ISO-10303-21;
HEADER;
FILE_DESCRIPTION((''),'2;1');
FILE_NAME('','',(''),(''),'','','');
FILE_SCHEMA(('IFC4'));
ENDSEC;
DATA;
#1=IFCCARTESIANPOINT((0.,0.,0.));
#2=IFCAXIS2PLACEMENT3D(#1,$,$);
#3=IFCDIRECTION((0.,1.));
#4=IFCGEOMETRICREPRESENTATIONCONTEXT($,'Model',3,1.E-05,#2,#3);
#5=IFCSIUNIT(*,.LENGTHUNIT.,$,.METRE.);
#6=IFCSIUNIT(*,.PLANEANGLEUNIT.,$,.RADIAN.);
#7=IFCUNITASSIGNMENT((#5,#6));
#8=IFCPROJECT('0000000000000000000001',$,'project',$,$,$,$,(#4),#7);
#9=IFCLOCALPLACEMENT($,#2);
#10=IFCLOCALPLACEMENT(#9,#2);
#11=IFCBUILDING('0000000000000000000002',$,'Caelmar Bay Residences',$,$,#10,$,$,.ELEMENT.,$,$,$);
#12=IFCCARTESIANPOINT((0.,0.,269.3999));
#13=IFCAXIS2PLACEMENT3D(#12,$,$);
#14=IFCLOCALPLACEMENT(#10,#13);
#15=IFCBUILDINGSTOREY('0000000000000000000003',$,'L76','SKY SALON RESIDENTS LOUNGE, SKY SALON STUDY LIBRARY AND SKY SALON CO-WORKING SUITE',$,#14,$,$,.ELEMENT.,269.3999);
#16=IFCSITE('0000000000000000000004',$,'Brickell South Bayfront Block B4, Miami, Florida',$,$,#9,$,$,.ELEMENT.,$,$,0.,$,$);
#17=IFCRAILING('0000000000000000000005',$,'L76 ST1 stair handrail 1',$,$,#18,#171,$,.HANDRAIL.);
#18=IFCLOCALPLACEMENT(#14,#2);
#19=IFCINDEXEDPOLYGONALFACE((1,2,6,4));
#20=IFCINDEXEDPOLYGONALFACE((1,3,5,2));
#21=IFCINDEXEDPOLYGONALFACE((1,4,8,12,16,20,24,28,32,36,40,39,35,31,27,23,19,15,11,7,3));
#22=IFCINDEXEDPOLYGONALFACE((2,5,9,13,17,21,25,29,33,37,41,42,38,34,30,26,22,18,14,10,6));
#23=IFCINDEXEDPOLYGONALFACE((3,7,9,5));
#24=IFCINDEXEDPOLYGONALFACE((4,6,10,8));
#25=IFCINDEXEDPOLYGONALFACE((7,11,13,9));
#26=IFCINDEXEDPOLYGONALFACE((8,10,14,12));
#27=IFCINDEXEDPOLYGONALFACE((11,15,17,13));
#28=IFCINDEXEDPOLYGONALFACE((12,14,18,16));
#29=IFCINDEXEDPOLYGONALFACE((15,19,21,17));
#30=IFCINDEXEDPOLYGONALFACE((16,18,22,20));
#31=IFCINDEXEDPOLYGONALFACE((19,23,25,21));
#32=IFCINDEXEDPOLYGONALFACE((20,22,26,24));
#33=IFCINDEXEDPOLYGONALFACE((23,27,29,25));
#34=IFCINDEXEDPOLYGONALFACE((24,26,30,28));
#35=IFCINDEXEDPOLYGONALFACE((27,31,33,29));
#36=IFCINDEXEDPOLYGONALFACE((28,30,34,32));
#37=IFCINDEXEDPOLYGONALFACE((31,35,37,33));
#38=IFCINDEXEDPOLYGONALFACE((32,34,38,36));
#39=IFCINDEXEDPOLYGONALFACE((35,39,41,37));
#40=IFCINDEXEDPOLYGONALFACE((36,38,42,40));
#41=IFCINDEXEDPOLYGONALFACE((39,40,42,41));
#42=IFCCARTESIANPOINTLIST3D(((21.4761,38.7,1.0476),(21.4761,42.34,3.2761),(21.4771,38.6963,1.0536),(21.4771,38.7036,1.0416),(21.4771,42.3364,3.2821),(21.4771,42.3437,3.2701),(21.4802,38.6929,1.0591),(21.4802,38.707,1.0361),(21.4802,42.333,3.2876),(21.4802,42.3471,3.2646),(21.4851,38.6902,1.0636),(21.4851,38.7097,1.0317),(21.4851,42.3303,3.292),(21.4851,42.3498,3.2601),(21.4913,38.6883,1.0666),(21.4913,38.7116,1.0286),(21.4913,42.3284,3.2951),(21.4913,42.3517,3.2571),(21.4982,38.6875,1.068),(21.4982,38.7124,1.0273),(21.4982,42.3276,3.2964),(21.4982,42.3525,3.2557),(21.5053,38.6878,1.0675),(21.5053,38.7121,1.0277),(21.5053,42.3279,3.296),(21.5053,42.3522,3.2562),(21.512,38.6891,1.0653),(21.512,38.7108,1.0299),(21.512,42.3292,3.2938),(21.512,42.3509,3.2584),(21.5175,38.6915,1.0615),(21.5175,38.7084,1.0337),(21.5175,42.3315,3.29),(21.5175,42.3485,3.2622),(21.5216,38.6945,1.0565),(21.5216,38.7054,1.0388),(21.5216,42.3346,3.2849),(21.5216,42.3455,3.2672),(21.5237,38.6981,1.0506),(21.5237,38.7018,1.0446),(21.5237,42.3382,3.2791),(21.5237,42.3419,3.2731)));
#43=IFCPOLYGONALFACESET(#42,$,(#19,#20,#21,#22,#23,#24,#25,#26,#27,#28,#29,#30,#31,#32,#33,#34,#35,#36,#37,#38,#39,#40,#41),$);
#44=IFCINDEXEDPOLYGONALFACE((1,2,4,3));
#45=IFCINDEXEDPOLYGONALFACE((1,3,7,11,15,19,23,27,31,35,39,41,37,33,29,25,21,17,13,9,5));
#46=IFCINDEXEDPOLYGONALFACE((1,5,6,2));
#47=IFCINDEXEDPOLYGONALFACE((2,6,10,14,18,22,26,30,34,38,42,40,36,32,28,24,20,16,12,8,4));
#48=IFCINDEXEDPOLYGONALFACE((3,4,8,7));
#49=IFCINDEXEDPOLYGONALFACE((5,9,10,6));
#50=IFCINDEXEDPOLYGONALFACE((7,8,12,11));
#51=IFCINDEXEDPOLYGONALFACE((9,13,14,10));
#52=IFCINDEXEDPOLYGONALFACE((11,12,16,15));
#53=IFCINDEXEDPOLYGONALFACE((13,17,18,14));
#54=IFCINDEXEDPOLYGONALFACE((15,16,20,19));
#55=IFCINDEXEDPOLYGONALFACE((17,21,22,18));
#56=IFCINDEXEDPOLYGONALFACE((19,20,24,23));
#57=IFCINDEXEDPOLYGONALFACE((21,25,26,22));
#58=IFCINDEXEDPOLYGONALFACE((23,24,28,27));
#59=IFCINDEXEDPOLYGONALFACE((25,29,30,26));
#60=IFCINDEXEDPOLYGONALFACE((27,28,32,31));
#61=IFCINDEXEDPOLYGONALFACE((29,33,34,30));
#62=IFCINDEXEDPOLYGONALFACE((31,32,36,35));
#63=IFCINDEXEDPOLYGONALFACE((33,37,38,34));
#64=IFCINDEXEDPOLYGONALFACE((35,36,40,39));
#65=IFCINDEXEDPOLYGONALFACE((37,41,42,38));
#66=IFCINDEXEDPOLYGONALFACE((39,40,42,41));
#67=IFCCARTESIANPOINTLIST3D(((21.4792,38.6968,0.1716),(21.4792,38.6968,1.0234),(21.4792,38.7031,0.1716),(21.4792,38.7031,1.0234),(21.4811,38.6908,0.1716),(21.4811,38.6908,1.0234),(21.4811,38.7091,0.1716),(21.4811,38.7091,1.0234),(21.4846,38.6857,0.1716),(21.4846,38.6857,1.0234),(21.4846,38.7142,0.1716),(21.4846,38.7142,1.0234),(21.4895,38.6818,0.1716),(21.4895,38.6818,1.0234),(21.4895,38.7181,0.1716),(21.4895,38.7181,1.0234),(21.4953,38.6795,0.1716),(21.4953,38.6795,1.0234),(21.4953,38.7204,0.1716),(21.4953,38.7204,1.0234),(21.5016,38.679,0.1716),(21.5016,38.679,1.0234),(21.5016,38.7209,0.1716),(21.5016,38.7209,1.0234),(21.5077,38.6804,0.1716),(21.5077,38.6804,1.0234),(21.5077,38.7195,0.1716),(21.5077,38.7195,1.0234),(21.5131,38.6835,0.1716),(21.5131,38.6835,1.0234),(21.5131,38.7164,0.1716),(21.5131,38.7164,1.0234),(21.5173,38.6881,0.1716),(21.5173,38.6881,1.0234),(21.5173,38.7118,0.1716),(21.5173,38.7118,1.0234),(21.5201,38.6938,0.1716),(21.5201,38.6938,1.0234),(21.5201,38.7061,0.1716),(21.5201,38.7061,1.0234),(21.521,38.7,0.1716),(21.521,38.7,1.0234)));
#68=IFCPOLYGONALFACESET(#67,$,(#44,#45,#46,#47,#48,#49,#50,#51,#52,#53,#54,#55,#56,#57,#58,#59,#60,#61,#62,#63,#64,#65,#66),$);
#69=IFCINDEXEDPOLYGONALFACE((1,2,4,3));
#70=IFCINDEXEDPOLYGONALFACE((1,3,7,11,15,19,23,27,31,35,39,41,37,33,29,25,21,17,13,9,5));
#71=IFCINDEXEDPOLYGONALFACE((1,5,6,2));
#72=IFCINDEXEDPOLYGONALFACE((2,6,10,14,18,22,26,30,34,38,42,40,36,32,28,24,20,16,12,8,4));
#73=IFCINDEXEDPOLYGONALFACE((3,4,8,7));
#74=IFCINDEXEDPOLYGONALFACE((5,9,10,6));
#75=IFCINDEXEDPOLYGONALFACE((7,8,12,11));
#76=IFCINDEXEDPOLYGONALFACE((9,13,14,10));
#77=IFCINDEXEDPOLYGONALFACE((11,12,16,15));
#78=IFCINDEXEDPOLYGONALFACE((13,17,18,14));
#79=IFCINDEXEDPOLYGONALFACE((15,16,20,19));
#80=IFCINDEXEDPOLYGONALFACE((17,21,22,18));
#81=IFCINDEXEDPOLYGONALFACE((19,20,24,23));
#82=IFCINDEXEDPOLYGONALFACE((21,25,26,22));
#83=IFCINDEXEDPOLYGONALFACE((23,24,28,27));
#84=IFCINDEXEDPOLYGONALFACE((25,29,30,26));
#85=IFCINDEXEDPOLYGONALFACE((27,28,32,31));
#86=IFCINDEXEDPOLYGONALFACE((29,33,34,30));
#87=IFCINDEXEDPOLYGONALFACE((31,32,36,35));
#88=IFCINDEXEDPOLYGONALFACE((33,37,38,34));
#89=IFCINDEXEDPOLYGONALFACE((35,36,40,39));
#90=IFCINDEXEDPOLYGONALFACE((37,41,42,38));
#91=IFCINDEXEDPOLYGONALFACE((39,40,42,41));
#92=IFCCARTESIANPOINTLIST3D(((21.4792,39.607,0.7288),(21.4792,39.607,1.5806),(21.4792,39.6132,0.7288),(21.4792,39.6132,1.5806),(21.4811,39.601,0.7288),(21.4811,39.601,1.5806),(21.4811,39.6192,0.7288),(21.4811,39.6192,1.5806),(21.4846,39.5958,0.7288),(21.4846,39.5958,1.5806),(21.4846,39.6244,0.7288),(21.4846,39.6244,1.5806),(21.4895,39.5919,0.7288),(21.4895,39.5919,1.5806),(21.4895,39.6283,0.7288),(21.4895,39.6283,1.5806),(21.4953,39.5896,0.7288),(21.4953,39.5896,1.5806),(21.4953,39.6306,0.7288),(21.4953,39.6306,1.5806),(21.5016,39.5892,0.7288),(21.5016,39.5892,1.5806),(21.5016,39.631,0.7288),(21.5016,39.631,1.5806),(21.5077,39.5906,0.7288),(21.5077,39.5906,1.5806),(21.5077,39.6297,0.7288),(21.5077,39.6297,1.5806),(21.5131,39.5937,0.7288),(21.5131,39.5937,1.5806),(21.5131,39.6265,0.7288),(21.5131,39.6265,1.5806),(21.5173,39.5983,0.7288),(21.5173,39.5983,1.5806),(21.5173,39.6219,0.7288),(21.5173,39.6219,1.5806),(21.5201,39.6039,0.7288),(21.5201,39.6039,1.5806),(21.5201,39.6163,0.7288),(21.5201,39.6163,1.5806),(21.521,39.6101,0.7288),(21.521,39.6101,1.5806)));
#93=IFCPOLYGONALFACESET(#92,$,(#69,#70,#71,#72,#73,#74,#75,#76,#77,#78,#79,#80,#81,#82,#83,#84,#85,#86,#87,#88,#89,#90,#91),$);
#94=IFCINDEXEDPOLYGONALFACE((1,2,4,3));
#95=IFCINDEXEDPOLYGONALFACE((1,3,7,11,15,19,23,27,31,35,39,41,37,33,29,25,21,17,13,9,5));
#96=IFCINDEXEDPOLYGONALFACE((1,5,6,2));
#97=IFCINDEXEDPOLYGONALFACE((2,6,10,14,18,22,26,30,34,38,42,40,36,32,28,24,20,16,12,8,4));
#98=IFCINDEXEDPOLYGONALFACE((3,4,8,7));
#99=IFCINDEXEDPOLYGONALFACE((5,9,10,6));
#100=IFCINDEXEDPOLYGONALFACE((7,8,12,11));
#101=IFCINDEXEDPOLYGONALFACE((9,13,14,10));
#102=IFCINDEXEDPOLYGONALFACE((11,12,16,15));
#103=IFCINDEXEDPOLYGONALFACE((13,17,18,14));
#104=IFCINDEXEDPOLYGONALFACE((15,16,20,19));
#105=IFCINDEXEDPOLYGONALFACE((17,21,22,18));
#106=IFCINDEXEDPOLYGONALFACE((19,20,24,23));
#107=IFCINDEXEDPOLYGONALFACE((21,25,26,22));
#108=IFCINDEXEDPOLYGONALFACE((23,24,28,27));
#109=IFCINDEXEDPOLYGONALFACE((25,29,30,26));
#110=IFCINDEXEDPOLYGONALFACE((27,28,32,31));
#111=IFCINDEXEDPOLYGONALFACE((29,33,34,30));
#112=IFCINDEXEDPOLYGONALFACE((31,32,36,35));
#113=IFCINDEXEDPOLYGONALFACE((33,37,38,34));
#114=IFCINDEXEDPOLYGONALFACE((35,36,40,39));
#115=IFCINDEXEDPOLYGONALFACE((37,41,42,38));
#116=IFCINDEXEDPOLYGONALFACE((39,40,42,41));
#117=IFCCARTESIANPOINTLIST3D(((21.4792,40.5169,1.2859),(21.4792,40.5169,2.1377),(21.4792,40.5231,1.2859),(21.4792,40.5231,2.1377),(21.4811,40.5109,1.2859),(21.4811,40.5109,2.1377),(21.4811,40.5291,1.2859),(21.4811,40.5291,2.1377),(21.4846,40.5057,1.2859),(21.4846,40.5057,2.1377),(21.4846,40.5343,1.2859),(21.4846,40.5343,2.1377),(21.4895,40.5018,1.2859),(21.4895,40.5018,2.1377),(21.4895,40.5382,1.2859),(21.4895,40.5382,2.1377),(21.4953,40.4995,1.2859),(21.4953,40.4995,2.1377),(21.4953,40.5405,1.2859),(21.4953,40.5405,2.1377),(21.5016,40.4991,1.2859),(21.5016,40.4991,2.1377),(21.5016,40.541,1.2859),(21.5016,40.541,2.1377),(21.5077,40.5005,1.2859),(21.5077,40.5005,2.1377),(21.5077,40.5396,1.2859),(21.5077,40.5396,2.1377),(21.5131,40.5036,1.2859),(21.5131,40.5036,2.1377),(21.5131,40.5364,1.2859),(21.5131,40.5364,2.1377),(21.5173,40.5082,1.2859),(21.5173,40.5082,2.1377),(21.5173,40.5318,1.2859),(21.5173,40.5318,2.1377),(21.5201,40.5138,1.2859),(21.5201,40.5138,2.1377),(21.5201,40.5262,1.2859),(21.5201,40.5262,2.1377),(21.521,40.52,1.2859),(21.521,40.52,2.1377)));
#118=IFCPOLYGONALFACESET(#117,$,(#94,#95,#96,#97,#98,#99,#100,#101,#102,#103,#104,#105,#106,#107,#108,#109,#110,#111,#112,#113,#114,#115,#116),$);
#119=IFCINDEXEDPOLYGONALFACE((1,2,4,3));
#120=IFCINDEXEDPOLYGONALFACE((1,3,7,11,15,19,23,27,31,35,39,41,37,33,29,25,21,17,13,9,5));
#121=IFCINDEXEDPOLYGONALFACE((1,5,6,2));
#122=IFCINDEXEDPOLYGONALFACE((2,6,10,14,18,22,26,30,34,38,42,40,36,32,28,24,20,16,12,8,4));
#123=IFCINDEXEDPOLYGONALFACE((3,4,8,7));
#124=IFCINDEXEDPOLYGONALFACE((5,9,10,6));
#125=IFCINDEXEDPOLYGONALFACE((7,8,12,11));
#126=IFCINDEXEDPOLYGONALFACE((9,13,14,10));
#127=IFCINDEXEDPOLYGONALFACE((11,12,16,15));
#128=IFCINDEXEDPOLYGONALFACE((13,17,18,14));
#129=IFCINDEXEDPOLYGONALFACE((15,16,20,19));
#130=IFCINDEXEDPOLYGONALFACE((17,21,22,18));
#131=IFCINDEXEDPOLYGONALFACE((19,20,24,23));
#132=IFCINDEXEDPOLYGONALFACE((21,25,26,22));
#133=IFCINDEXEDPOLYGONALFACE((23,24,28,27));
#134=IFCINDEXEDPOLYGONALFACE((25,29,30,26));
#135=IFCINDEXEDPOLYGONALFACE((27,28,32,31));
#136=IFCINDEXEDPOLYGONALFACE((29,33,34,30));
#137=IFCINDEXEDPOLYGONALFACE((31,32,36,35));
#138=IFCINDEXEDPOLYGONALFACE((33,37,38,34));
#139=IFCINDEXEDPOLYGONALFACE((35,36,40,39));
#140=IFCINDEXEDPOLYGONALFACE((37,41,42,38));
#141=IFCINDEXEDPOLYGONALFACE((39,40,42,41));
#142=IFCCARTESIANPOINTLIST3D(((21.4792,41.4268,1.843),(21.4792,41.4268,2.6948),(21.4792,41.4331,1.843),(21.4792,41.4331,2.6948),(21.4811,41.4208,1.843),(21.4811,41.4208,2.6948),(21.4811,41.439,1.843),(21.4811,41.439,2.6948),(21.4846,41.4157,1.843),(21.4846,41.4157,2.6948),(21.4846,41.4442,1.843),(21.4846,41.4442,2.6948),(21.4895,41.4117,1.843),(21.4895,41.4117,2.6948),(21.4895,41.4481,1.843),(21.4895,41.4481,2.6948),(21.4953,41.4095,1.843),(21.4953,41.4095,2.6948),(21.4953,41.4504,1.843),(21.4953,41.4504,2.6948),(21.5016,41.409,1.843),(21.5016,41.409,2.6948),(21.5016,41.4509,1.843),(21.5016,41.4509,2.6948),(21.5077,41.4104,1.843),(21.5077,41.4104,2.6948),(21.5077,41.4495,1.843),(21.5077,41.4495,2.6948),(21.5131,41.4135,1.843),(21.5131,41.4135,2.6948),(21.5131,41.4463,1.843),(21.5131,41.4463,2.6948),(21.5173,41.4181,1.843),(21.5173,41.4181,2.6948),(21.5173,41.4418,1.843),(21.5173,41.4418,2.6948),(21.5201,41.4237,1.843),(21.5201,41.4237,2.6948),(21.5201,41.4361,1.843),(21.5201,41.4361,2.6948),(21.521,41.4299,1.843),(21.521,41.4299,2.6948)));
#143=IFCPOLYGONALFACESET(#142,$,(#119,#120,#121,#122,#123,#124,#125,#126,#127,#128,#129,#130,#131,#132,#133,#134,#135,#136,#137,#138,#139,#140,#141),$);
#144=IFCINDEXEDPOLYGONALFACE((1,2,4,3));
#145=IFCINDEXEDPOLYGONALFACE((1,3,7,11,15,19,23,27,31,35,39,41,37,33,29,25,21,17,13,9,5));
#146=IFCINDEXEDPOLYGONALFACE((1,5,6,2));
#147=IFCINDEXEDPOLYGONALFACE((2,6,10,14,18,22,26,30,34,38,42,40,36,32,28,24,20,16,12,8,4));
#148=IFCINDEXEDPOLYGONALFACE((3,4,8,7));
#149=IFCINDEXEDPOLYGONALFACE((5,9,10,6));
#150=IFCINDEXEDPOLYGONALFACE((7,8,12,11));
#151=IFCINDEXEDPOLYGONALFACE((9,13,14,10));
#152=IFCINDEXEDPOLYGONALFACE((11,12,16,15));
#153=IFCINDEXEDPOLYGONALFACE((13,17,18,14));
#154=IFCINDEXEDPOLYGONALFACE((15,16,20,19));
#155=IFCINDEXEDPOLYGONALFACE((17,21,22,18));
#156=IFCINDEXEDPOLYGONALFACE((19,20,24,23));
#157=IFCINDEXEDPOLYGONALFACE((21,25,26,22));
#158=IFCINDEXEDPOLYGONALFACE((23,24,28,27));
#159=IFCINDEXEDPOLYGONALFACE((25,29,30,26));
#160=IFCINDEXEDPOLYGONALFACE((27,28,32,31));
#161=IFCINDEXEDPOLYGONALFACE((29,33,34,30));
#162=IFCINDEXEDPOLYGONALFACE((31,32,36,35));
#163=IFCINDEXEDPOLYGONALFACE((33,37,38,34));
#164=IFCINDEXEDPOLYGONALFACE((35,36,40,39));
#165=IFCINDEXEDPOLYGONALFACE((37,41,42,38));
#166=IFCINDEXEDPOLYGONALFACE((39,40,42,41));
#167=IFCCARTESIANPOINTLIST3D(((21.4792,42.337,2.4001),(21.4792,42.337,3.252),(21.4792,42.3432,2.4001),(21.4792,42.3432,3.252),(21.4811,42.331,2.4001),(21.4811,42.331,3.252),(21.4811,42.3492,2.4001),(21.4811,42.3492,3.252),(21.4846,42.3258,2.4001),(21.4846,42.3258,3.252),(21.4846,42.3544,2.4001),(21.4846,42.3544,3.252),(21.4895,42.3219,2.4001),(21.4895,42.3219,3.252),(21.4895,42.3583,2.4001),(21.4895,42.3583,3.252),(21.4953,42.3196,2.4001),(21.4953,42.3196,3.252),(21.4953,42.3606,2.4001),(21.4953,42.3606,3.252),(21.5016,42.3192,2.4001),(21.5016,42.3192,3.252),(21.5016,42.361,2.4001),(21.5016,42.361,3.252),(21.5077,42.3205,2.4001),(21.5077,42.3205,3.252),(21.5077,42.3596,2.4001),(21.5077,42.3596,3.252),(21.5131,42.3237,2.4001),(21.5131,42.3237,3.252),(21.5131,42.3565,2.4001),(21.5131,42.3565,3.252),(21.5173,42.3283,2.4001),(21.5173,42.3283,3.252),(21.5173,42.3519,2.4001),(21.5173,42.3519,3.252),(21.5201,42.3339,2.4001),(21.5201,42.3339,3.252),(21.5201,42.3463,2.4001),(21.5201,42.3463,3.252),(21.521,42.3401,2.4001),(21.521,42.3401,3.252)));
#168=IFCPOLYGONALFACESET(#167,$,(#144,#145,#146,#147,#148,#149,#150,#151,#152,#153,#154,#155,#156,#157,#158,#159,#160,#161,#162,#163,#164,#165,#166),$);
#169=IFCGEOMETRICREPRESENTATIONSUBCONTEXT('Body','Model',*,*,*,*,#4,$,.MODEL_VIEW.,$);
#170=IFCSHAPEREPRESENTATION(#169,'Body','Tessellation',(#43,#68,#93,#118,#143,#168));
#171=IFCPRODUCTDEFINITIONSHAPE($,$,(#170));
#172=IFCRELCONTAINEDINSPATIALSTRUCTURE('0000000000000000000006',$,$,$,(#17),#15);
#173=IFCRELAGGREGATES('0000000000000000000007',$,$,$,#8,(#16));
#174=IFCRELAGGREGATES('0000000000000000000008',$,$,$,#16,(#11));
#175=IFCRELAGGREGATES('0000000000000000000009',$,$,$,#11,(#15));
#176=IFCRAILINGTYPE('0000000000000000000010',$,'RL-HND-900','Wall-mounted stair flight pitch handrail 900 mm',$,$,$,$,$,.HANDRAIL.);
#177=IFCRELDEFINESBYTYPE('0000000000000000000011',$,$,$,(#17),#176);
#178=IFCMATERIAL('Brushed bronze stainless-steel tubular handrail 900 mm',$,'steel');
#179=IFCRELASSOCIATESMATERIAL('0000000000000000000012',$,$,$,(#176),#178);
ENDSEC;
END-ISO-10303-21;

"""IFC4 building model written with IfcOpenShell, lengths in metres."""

from ifc_helpers import new_model, si_unit, direction, frame, origin, origin_2d, place, context, subcontext, project, spatial, circle, extrude, material, type_object, element, save


model = new_model("IFC4")

# Units and contexts
model_context = context("Model", 3, precision=1e-05, world=origin(), true_north=direction((0.0, 1.0)))
body_context = subcontext(model_context, "Body", "Model", "MODEL_VIEW")
ifc_project = project(units=[si_unit("LENGTHUNIT", "METRE"), si_unit("PLANEANGLEUNIT", "RADIAN")], contexts=[model_context])

# Site, building, storey
site_placement = place(None, origin())
site = spatial("IfcSite", under=ifc_project, at=site_placement, Name="Brickell South Bayfront Block B4, Miami, Florida", CompositionType="ELEMENT", RefElevation=0.0)
building_placement = place(site_placement, origin())
building = spatial("IfcBuilding", under=site, at=building_placement, Name="Caelmar Bay Residences", CompositionType="ELEMENT")
storey_placement = place(building_placement, frame((0.0, 0.0, 269.3999)))
storey = spatial("IfcBuildingStorey", under=building, at=storey_placement, Name="L76", Description="SKY SALON RESIDENTS LOUNGE, SKY SALON STUDY LIBRARY AND SKY SALON CO-WORKING SUITE", CompositionType="ELEMENT", Elevation=269.3999)

# Railing
ifc_material_1 = material(Name="Brushed bronze stainless-steel tubular handrail 900 mm", Category="steel")
railing_type_1 = type_object("IfcRailingType", Name="RL-HND-900", Description="Wall-mounted stair flight pitch handrail 900 mm", PredefinedType="HANDRAIL", material=ifc_material_1)
railing_1_placement = place(storey_placement, frame((21.5, 38.7, 0.1716)))
element("IfcRailing", 1, at=railing_1_placement, inside=storey, type_object=railing_type_1, Name="L76 ST1 stair handrail 1", PredefinedType="HANDRAIL", context=body_context, shape_type="SweptSolid", body=[
    extrude(circle(Radius=0.0239, at=origin_2d()), frame((0.0, 0.0, 0.876), z_axis=(0.0, 0.852866, 0.52213), x_axis=(-1.0, 0.0, 0.0)), (0.0, 0.0, 1.0), 4.2681),
    extrude(circle(Radius=0.021, at=origin_2d()), origin(), (0.0, 0.0, 1.0), 0.8518),
    extrude(circle(Radius=0.021, at=origin_2d()), frame((0.0, 0.9102, 0.5571)), (0.0, 0.0, 1.0), 0.8518),
    extrude(circle(Radius=0.021, at=origin_2d()), frame((0.0, 1.8201, 1.1143)), (0.0, 0.0, 1.0), 0.8518),
    extrude(circle(Radius=0.021, at=origin_2d()), frame((0.0, 2.73, 1.6714)), (0.0, 0.0, 1.0), 0.8518),
    extrude(circle(Radius=0.021, at=origin_2d()), frame((0.0, 3.6401, 2.2285)), (0.0, 0.0, 1.0), 0.8518),
])

save(model, "model.ifc")
